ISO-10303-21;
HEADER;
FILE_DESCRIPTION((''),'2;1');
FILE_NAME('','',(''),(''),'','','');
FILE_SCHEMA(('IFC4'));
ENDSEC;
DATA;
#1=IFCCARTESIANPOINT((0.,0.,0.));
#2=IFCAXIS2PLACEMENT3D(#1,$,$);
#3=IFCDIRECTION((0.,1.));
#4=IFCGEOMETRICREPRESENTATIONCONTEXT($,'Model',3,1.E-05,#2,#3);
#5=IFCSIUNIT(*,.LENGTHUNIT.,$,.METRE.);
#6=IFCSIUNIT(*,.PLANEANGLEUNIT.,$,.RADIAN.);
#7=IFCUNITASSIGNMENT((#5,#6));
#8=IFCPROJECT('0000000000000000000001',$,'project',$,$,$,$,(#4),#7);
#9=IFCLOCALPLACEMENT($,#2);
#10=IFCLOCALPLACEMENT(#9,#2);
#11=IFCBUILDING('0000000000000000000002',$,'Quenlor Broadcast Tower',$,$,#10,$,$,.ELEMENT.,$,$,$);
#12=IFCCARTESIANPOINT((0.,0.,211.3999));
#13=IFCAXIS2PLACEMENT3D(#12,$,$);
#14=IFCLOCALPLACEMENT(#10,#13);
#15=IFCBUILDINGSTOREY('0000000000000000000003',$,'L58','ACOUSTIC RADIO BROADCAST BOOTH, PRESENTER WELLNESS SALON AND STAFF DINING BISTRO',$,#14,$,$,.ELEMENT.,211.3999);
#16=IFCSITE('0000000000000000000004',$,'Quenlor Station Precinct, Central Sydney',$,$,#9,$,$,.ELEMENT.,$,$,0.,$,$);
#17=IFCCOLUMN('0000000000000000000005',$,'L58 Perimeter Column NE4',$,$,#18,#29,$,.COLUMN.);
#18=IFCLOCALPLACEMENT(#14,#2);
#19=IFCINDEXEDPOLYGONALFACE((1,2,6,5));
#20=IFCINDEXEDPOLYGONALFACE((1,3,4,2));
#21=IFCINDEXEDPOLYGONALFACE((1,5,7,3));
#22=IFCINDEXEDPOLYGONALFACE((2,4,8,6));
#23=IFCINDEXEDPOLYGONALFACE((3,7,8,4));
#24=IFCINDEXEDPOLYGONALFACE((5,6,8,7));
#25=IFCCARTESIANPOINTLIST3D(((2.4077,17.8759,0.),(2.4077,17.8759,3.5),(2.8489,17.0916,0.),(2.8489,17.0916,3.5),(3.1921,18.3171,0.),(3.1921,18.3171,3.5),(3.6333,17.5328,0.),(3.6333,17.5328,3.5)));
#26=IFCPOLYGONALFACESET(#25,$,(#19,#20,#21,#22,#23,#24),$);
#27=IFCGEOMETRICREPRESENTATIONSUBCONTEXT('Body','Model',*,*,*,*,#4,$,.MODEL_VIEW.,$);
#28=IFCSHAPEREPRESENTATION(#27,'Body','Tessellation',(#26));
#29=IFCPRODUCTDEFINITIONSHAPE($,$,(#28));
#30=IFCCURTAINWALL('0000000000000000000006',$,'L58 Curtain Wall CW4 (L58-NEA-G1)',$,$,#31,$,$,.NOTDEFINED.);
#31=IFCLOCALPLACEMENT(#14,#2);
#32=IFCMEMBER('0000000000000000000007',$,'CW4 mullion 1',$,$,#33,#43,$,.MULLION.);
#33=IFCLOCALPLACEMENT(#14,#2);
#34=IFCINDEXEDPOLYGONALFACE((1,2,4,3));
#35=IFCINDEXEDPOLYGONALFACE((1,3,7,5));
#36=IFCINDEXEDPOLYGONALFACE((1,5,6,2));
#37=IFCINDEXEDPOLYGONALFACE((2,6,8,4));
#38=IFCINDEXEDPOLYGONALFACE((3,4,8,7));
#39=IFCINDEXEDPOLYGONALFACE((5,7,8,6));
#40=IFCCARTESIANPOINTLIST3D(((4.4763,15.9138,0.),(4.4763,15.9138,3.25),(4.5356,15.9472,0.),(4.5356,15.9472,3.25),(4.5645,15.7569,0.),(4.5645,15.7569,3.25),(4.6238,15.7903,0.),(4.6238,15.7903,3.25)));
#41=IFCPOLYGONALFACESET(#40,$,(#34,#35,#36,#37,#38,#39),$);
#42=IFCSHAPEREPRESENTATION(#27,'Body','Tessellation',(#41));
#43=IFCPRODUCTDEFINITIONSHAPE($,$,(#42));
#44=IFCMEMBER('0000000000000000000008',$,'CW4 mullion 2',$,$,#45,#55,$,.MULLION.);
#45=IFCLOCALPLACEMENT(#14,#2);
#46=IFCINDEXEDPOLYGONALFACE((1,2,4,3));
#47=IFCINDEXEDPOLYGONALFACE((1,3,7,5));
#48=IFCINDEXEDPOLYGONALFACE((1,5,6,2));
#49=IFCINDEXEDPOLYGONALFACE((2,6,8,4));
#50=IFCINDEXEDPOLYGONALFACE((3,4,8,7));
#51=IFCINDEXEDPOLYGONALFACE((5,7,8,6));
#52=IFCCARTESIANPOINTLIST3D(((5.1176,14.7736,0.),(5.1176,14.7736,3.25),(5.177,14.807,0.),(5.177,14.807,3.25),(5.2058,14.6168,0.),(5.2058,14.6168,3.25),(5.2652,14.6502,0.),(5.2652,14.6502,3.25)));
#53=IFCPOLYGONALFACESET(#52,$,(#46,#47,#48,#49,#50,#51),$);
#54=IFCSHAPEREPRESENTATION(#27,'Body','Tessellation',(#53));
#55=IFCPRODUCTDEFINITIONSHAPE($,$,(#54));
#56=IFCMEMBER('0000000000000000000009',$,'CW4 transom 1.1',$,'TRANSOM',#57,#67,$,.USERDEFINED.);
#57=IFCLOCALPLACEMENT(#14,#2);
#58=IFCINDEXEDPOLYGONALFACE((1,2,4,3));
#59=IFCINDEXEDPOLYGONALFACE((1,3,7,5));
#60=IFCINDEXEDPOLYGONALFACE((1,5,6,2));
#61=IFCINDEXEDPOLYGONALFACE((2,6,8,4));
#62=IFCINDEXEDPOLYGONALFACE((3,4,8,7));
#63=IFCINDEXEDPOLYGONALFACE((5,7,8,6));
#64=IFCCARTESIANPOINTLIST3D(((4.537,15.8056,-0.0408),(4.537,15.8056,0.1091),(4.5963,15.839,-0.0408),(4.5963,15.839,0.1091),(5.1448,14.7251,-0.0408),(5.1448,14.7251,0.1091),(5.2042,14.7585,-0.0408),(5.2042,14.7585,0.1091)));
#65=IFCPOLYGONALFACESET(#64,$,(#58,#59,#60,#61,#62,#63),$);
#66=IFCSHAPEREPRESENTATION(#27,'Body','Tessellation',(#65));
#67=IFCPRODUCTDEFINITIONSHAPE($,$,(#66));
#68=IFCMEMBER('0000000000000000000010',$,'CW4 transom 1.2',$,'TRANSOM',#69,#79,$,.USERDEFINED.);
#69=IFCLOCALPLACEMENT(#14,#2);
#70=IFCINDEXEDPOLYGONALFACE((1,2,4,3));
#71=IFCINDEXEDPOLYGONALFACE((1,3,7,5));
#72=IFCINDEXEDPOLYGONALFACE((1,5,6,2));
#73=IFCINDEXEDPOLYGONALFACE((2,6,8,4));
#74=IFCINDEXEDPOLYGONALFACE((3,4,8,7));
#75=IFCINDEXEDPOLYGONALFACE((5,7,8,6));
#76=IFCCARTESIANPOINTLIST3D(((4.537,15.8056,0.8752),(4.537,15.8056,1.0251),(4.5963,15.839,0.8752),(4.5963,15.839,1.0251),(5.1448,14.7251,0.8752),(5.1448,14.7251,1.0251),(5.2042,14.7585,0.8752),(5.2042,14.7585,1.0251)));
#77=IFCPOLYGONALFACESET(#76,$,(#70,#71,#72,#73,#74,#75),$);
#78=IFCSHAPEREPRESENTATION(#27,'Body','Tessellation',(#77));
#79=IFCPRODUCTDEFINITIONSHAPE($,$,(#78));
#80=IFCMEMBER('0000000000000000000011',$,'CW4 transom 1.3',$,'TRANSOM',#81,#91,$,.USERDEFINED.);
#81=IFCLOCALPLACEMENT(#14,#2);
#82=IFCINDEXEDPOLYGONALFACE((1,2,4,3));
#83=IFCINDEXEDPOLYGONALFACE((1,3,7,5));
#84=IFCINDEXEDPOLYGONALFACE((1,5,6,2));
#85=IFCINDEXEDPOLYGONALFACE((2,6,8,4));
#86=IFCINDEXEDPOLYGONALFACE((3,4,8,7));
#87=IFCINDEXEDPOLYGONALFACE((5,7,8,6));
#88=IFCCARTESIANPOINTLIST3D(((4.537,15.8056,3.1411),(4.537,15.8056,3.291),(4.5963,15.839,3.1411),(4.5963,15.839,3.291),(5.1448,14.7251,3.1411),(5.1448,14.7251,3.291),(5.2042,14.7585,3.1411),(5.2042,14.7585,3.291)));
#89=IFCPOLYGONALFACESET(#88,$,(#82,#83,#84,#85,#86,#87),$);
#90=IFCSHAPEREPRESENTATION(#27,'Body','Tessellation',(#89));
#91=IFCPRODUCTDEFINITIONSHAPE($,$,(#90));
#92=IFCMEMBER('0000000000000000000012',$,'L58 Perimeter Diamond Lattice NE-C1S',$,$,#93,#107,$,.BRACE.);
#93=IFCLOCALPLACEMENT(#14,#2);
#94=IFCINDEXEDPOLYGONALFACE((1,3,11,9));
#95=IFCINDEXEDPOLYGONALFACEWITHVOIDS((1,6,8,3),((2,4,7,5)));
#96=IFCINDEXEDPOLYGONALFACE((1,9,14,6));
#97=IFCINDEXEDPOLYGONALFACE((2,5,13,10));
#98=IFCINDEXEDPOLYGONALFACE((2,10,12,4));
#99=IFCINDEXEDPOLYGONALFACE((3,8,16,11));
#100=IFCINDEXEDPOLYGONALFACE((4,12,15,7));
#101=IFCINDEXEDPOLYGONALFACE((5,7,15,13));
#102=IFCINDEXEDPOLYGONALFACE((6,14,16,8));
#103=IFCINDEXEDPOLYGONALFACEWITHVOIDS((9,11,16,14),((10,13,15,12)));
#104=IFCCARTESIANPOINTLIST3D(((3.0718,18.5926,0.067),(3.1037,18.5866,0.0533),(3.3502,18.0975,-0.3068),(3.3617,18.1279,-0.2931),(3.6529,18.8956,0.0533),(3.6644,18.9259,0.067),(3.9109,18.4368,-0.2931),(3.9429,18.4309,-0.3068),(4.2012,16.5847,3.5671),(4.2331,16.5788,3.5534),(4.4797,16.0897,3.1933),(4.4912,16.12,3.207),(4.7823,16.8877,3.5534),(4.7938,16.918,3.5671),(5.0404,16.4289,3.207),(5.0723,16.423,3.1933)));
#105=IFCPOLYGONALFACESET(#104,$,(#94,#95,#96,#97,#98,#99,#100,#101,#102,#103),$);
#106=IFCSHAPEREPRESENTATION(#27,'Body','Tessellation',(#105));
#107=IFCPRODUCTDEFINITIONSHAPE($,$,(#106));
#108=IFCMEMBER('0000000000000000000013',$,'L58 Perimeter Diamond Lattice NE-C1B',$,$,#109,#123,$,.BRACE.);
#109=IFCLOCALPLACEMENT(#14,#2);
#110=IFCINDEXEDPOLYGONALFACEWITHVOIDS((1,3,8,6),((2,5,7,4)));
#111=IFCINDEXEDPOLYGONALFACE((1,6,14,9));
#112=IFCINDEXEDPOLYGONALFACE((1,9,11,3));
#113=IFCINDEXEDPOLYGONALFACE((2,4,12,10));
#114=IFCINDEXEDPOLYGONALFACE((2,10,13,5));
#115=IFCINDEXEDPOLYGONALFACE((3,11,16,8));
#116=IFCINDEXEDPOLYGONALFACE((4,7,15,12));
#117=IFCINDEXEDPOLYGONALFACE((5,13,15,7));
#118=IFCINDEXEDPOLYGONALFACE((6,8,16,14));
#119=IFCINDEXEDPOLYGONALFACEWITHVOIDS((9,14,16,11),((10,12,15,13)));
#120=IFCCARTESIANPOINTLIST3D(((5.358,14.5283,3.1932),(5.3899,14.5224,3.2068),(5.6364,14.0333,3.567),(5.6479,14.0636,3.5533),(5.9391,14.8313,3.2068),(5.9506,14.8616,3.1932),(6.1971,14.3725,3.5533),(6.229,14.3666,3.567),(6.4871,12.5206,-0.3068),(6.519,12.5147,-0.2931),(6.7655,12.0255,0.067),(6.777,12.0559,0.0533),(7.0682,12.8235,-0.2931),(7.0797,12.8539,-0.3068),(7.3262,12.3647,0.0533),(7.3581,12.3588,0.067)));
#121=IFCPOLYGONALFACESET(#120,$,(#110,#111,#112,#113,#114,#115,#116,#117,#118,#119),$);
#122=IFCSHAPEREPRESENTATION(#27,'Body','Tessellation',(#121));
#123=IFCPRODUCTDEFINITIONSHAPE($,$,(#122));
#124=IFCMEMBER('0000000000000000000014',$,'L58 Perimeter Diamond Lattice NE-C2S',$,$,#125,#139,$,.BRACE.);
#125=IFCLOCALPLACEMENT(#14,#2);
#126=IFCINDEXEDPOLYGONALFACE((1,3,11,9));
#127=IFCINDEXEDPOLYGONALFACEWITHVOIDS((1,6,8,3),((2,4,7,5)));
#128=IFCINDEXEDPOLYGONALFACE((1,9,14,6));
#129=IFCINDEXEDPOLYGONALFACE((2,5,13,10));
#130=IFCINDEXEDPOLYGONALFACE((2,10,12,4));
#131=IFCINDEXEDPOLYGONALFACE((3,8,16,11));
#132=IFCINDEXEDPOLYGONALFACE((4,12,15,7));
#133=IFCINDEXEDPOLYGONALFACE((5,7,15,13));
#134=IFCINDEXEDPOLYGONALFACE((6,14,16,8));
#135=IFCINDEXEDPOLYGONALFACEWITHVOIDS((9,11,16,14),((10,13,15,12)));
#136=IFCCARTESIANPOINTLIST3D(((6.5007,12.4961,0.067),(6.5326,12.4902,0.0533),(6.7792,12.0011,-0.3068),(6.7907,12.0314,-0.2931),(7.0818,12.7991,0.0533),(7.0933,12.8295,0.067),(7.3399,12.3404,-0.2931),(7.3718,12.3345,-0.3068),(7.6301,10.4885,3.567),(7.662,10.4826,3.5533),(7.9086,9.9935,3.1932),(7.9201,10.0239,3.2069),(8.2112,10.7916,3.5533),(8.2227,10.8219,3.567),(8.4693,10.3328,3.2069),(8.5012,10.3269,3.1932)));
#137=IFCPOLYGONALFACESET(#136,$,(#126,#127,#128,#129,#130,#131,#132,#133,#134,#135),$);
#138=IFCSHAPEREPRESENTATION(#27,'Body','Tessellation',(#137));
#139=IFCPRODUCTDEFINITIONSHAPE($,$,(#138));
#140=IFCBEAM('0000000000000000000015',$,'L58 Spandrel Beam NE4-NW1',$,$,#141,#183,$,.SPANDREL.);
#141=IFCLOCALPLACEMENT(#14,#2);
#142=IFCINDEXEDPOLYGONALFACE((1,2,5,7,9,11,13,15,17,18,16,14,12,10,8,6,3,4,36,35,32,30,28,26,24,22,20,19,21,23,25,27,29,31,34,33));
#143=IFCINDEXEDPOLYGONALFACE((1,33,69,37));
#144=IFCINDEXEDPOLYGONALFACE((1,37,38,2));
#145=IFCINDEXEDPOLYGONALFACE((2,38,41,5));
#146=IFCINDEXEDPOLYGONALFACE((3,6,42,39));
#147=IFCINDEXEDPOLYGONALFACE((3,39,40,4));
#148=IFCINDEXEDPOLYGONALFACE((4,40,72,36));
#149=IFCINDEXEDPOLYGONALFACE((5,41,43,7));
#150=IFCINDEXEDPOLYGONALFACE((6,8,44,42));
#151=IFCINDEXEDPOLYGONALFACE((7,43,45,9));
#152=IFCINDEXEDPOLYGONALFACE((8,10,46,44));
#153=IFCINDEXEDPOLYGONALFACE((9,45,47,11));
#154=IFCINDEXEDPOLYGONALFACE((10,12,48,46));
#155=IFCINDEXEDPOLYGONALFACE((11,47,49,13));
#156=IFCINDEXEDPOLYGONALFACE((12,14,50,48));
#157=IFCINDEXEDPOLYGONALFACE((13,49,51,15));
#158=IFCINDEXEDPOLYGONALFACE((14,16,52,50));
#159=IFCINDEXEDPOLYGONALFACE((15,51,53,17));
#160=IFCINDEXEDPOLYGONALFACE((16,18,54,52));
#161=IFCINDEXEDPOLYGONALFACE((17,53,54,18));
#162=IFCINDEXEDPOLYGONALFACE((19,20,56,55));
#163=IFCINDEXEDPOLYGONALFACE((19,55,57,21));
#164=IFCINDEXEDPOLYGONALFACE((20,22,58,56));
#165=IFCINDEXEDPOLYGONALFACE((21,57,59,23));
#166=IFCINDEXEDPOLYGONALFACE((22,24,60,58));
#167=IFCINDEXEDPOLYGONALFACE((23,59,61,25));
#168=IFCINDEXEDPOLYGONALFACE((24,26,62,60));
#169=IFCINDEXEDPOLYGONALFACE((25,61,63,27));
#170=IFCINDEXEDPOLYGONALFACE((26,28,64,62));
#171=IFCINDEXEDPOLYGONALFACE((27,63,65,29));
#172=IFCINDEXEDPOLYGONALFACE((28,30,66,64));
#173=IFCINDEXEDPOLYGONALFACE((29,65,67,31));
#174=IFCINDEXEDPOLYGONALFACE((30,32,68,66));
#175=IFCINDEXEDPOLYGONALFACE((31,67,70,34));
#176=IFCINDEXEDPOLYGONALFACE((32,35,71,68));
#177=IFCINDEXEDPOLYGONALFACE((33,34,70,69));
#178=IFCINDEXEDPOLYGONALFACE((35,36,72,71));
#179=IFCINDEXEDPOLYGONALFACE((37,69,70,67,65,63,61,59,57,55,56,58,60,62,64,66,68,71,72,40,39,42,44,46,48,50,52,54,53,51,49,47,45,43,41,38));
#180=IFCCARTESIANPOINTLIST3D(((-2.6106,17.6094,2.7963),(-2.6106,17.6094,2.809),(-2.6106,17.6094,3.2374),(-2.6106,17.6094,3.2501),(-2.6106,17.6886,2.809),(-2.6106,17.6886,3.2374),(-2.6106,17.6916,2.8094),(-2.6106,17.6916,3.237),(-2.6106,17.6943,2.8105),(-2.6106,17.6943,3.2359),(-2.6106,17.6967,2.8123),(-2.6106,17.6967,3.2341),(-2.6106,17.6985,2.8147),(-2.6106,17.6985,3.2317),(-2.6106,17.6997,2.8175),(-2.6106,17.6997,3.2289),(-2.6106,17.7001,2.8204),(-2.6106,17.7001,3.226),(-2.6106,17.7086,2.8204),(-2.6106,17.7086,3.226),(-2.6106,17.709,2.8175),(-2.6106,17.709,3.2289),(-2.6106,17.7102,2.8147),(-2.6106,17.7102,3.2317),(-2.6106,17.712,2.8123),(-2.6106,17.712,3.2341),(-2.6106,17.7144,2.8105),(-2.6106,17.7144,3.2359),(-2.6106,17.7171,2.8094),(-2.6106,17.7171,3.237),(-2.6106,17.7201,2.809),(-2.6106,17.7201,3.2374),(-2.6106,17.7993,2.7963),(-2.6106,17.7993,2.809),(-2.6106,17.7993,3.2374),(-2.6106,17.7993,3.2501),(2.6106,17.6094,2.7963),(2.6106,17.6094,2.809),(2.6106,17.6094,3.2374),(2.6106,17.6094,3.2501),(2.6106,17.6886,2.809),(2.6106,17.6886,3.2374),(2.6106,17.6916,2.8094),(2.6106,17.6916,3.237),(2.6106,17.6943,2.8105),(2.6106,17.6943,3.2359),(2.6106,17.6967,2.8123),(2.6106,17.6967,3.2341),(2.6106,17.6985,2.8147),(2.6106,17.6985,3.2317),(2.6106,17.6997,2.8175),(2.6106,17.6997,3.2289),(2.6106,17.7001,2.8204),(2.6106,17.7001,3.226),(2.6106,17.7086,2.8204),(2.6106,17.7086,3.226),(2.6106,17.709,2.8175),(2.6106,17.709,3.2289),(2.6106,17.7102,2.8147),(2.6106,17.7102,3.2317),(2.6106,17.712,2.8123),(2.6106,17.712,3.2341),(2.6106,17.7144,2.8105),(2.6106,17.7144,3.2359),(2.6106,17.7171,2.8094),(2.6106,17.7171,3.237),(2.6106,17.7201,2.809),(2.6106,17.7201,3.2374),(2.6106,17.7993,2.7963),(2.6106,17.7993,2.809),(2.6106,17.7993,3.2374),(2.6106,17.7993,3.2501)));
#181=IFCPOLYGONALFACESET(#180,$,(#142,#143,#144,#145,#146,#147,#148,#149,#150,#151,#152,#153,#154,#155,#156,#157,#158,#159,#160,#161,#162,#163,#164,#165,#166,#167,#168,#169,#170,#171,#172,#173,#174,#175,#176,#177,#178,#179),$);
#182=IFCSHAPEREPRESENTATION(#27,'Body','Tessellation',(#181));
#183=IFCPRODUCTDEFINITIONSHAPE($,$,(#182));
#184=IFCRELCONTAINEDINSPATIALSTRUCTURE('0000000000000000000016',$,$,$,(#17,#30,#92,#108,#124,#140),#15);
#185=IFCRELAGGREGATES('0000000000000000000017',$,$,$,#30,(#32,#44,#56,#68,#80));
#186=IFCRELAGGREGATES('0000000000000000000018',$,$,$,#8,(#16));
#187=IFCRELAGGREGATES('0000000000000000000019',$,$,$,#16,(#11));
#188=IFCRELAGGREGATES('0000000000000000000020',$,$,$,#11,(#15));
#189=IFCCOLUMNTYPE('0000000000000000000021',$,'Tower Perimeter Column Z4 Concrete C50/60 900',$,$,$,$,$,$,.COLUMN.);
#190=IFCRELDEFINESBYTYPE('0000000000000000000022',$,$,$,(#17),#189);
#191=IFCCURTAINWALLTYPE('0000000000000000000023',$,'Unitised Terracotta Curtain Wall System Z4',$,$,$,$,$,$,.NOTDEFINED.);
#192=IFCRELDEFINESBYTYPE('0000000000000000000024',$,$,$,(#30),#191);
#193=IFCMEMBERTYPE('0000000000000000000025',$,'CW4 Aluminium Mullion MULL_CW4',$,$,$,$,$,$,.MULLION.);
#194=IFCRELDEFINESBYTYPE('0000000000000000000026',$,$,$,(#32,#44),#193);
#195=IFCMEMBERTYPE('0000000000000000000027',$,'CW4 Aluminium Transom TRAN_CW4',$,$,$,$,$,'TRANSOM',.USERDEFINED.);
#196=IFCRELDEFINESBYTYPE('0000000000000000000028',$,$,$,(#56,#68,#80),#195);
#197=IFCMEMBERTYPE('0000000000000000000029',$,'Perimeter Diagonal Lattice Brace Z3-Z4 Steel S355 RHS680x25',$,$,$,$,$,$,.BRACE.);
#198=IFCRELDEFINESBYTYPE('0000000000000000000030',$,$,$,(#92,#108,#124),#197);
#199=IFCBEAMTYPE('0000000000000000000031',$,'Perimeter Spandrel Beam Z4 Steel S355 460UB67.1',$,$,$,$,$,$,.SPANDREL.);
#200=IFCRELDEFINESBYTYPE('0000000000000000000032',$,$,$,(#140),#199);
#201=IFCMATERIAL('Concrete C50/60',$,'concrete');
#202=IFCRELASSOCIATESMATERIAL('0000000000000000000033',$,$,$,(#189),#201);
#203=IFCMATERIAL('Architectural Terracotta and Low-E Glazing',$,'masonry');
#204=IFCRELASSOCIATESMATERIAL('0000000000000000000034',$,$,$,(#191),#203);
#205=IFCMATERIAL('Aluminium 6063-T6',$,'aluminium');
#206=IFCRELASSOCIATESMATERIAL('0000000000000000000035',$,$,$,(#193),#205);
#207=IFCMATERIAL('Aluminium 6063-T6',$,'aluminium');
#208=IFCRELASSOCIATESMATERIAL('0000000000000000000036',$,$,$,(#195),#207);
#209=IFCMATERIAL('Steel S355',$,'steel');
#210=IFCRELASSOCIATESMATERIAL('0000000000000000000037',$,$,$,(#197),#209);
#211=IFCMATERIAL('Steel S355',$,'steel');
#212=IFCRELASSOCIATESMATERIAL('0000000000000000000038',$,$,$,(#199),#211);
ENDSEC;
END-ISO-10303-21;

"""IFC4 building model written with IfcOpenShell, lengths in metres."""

from ifc_helpers import new_model, si_unit, direction, frame, origin, origin_2d, place, context, subcontext, project, spatial, rectangle, hollow_rectangle, i_section, extrude, material, material_profile, profile_set, type_object, element, aggregate, save


model = new_model("IFC4")

# Units and contexts
model_context = context("Model", 3, precision=1e-05, world=origin(), true_north=direction((0.0, 1.0)))
body_context = subcontext(model_context, "Body", "Model", "MODEL_VIEW")
ifc_project = project(units=[si_unit("LENGTHUNIT", "METRE"), si_unit("PLANEANGLEUNIT", "RADIAN")], contexts=[model_context])

# Site, building, storey
site_placement = place(None, origin())
site = spatial("IfcSite", under=ifc_project, at=site_placement, Name="Quenlor Station Precinct, Central Sydney", CompositionType="ELEMENT", RefElevation=0.0)
building_placement = place(site_placement, origin())
building = spatial("IfcBuilding", under=site, at=building_placement, Name="Quenlor Broadcast Tower", CompositionType="ELEMENT")
storey_placement = place(building_placement, frame((0.0, 0.0, 211.3999)))
storey = spatial("IfcBuildingStorey", under=building, at=storey_placement, Name="L58", Description="ACOUSTIC RADIO BROADCAST BOOTH, PRESENTER WELLNESS SALON AND STAFF DINING BISTRO", CompositionType="ELEMENT", Elevation=211.3999)

# Column
ifc_material_1 = material(Name="Concrete C50/60", Category="concrete")
ifc_material_profile_1 = material_profile(ifc_material_1, rectangle(XDim=0.8999, YDim=0.8999, at=origin_2d()))
ifc_profile_set_1 = profile_set([ifc_material_profile_1], Name="Concrete C50/60 RC900x900")
column_type = type_object("IfcColumnType", Name="Tower Perimeter Column Z4 Concrete C50/60 900", PredefinedType="COLUMN", material=ifc_profile_set_1)
column_placement = place(storey_placement, frame((3.0205, 17.7043, 0.0), z_axis=(0.0, 0.0, 1.0), x_axis=(0.871575, 0.490262, 0.0)))
element("IfcColumn", 1, at=column_placement, inside=storey, type_object=column_type, Name="L58 Perimeter Column NE4", PredefinedType="COLUMN", context=body_context, shape_type="SweptSolid", body=[
    extrude(rectangle(XDim=0.8999, YDim=0.8999, at=origin_2d()), origin(), (0.0, 0.0, 1.0), 3.5),
])

# Curtain wall, members
ifc_material_2 = material(Name="Architectural Terracotta and Low-E Glazing", Category="masonry")
curtain_wall_type = type_object("IfcCurtainWallType", Name="Unitised Terracotta Curtain Wall System Z4", PredefinedType="NOTDEFINED", material=ifc_material_2)
curtain_wall_placement = place(storey_placement, origin())
curtain_wall = element("IfcCurtainWall", 2, at=curtain_wall_placement, inside=storey, type_object=curtain_wall_type, Name="L58 Curtain Wall CW4 (L58-NEA-G1)", PredefinedType="NOTDEFINED")
ifc_material_3 = material(Name="Aluminium 6063-T6", Category="aluminium")
ifc_material_profile_2 = material_profile(ifc_material_3, rectangle(XDim=0.0681, YDim=0.1799, at=origin_2d()))
ifc_profile_set_2 = profile_set([ifc_material_profile_2], Name="Aluminium 6063-T6 MULL68x180")
member_type_1 = type_object("IfcMemberType", Name="CW4 Aluminium Mullion MULL_CW4", PredefinedType="MULLION", material=ifc_profile_set_2)
member_1_placement = place(storey_placement, frame((4.55, 15.8521, 0.0), z_axis=(0.0, 0.0, 1.0), x_axis=(0.87156, 0.490289, 0.0)))
member_1 = element("IfcMember", 3, at=member_1_placement, type_object=member_type_1, Name="CW4 mullion 1", PredefinedType="MULLION", context=body_context, shape_type="SweptSolid", body=[
    extrude(rectangle(XDim=0.0681, YDim=0.1799, at=origin_2d()), origin(), (0.0, 0.0, 1.0), 3.25),
])
member_2_placement = place(storey_placement, frame((5.1914, 14.7119, 0.0), z_axis=(0.0, 0.0, 1.0), x_axis=(0.87156, 0.490289, 0.0)))
member_2 = element("IfcMember", 4, at=member_2_placement, type_object=member_type_1, Name="CW4 mullion 2", PredefinedType="MULLION", context=body_context, shape_type="SweptSolid", body=[
    extrude(rectangle(XDim=0.0681, YDim=0.1799, at=origin_2d()), origin(), (0.0, 0.0, 1.0), 3.25),
])
ifc_material_4 = material(Name="Aluminium 6063-T6", Category="aluminium")
ifc_material_profile_3 = material_profile(ifc_material_4, rectangle(XDim=0.0681, YDim=0.1499, at=origin_2d()))
ifc_profile_set_3 = profile_set([ifc_material_profile_3], Name="Aluminium 6063-T6 TRAN68x150")
member_type_2 = type_object("IfcMemberType", Name="CW4 Aluminium Transom TRAN_CW4", ElementType="TRANSOM", PredefinedType="USERDEFINED", material=ifc_profile_set_3)
member_3_placement = place(storey_placement, frame((4.5667, 15.8223, 0.0342), z_axis=(0.490317, -0.871544, 0.0), x_axis=(0.871544, 0.490317, 0.0)))
member_3 = element("IfcMember", 5, at=member_3_placement, type_object=member_type_2, Name="CW4 transom 1.1", ObjectType="TRANSOM", PredefinedType="USERDEFINED", context=body_context, shape_type="SweptSolid", body=[
    extrude(rectangle(XDim=0.0681, YDim=0.1499, at=origin_2d()), origin(), (0.0, 0.0, 1.0), 1.2397),
])
member_4_placement = place(storey_placement, frame((4.5667, 15.8223, 0.9502), z_axis=(0.490317, -0.871544, 0.0), x_axis=(0.871544, 0.490317, 0.0)))
member_4 = element("IfcMember", 6, at=member_4_placement, type_object=member_type_2, Name="CW4 transom 1.2", ObjectType="TRANSOM", PredefinedType="USERDEFINED", context=body_context, shape_type="SweptSolid", body=[
    extrude(rectangle(XDim=0.0681, YDim=0.1499, at=origin_2d()), origin(), (0.0, 0.0, 1.0), 1.2397),
])
member_5_placement = place(storey_placement, frame((4.5667, 15.8223, 3.2161), z_axis=(0.490317, -0.871544, 0.0), x_axis=(0.871544, 0.490317, 0.0)))
member_5 = element("IfcMember", 7, at=member_5_placement, type_object=member_type_2, Name="CW4 transom 1.3", ObjectType="TRANSOM", PredefinedType="USERDEFINED", context=body_context, shape_type="SweptSolid", body=[
    extrude(rectangle(XDim=0.0681, YDim=0.1499, at=origin_2d()), origin(), (0.0, 0.0, 1.0), 1.2397),
])

# Members
ifc_material_5 = material(Name="Steel S355", Category="steel")
ifc_material_profile_4 = material_profile(ifc_material_5, hollow_rectangle(XDim=0.6799, YDim=0.6799, WallThickness=0.0249, at=origin_2d()))
ifc_profile_set_4 = profile_set([ifc_material_profile_4], Name="Steel S355 RHS680x680x25")
member_type_3 = type_object("IfcMemberType", Name="Perimeter Diagonal Lattice Brace Z3-Z4 Steel S355 RHS680x25", PredefinedType="BRACE", material=ifc_profile_set_4)
member_6_placement = place(storey_placement, frame((3.5073, 18.5117, -0.1199), z_axis=(0.26954, -0.479181, 0.835305), x_axis=(0.871576, 0.490261, 0.0)))
element("IfcMember", 8, at=member_6_placement, inside=storey, type_object=member_type_3, Name="L58 Perimeter Diamond Lattice NE-C1S", PredefinedType="BRACE", context=body_context, shape_type="SweptSolid", body=[
    extrude(hollow_rectangle(XDim=0.6799, YDim=0.6799, WallThickness=0.0249, at=origin_2d()), origin(), (0.0, 0.0, 1.0), 4.1902),
])
for number, where, z_axis, x_axis, name in (
    (9, (6.9226, 12.4397, -0.1199), (-0.269485, 0.479189, 0.835318), (-0.871621, -0.490181, 0.0), "L58 Perimeter Diamond Lattice NE-C1B"),
    (10, (6.9363, 12.4153, -0.1199), (0.269547, -0.479136, 0.835328), (0.87155, 0.490307, 0.0), "L58 Perimeter Diamond Lattice NE-C2S"),
):
    element("IfcMember", number, at=place(storey_placement, frame(where, z_axis=z_axis, x_axis=x_axis)), inside=storey, type_object=member_type_3, Name=name, PredefinedType="BRACE", context=body_context, shape_type="SweptSolid", body=[
        extrude(hollow_rectangle(XDim=0.6799, YDim=0.6799, WallThickness=0.0249, at=origin_2d()), origin(), (0.0, 0.0, 1.0), 4.1899),
    ])

# Beam
ifc_material_6 = material(Name="Steel S355", Category="steel")
ifc_material_profile_5 = material_profile(ifc_material_6, i_section(OverallWidth=0.1899, OverallDepth=0.4539, WebThickness=0.0085, FlangeThickness=0.0127, FilletRadius=0.0115, at=origin_2d()))
ifc_profile_set_5 = profile_set([ifc_material_profile_5], Name="Steel S355 460UB67.1")
beam_type_1 = type_object("IfcBeamType", Name="Perimeter Spandrel Beam Z4 Steel S355 460UB67.1", PredefinedType="SPANDREL", material=ifc_profile_set_5)
beam_1_placement = place(storey_placement, frame((2.6106, 17.7043, 3.0232), z_axis=(-1.0, 0.0, 0.0), x_axis=(0.0, -1.0, 0.0)))
element("IfcBeam", 11, at=beam_1_placement, inside=storey, type_object=beam_type_1, Name="L58 Spandrel Beam NE4-NW1", PredefinedType="SPANDREL", context=body_context, shape_type="SweptSolid", body=[
    extrude(i_section(OverallWidth=0.1899, OverallDepth=0.4539, WebThickness=0.0085, FlangeThickness=0.0127, FilletRadius=0.0115, at=origin_2d()), origin(), (0.0, 0.0, 1.0), 5.2212),
])

aggregate(curtain_wall, [member_1, member_2, member_3, member_4, member_5])

save(model, "model.ifc")
